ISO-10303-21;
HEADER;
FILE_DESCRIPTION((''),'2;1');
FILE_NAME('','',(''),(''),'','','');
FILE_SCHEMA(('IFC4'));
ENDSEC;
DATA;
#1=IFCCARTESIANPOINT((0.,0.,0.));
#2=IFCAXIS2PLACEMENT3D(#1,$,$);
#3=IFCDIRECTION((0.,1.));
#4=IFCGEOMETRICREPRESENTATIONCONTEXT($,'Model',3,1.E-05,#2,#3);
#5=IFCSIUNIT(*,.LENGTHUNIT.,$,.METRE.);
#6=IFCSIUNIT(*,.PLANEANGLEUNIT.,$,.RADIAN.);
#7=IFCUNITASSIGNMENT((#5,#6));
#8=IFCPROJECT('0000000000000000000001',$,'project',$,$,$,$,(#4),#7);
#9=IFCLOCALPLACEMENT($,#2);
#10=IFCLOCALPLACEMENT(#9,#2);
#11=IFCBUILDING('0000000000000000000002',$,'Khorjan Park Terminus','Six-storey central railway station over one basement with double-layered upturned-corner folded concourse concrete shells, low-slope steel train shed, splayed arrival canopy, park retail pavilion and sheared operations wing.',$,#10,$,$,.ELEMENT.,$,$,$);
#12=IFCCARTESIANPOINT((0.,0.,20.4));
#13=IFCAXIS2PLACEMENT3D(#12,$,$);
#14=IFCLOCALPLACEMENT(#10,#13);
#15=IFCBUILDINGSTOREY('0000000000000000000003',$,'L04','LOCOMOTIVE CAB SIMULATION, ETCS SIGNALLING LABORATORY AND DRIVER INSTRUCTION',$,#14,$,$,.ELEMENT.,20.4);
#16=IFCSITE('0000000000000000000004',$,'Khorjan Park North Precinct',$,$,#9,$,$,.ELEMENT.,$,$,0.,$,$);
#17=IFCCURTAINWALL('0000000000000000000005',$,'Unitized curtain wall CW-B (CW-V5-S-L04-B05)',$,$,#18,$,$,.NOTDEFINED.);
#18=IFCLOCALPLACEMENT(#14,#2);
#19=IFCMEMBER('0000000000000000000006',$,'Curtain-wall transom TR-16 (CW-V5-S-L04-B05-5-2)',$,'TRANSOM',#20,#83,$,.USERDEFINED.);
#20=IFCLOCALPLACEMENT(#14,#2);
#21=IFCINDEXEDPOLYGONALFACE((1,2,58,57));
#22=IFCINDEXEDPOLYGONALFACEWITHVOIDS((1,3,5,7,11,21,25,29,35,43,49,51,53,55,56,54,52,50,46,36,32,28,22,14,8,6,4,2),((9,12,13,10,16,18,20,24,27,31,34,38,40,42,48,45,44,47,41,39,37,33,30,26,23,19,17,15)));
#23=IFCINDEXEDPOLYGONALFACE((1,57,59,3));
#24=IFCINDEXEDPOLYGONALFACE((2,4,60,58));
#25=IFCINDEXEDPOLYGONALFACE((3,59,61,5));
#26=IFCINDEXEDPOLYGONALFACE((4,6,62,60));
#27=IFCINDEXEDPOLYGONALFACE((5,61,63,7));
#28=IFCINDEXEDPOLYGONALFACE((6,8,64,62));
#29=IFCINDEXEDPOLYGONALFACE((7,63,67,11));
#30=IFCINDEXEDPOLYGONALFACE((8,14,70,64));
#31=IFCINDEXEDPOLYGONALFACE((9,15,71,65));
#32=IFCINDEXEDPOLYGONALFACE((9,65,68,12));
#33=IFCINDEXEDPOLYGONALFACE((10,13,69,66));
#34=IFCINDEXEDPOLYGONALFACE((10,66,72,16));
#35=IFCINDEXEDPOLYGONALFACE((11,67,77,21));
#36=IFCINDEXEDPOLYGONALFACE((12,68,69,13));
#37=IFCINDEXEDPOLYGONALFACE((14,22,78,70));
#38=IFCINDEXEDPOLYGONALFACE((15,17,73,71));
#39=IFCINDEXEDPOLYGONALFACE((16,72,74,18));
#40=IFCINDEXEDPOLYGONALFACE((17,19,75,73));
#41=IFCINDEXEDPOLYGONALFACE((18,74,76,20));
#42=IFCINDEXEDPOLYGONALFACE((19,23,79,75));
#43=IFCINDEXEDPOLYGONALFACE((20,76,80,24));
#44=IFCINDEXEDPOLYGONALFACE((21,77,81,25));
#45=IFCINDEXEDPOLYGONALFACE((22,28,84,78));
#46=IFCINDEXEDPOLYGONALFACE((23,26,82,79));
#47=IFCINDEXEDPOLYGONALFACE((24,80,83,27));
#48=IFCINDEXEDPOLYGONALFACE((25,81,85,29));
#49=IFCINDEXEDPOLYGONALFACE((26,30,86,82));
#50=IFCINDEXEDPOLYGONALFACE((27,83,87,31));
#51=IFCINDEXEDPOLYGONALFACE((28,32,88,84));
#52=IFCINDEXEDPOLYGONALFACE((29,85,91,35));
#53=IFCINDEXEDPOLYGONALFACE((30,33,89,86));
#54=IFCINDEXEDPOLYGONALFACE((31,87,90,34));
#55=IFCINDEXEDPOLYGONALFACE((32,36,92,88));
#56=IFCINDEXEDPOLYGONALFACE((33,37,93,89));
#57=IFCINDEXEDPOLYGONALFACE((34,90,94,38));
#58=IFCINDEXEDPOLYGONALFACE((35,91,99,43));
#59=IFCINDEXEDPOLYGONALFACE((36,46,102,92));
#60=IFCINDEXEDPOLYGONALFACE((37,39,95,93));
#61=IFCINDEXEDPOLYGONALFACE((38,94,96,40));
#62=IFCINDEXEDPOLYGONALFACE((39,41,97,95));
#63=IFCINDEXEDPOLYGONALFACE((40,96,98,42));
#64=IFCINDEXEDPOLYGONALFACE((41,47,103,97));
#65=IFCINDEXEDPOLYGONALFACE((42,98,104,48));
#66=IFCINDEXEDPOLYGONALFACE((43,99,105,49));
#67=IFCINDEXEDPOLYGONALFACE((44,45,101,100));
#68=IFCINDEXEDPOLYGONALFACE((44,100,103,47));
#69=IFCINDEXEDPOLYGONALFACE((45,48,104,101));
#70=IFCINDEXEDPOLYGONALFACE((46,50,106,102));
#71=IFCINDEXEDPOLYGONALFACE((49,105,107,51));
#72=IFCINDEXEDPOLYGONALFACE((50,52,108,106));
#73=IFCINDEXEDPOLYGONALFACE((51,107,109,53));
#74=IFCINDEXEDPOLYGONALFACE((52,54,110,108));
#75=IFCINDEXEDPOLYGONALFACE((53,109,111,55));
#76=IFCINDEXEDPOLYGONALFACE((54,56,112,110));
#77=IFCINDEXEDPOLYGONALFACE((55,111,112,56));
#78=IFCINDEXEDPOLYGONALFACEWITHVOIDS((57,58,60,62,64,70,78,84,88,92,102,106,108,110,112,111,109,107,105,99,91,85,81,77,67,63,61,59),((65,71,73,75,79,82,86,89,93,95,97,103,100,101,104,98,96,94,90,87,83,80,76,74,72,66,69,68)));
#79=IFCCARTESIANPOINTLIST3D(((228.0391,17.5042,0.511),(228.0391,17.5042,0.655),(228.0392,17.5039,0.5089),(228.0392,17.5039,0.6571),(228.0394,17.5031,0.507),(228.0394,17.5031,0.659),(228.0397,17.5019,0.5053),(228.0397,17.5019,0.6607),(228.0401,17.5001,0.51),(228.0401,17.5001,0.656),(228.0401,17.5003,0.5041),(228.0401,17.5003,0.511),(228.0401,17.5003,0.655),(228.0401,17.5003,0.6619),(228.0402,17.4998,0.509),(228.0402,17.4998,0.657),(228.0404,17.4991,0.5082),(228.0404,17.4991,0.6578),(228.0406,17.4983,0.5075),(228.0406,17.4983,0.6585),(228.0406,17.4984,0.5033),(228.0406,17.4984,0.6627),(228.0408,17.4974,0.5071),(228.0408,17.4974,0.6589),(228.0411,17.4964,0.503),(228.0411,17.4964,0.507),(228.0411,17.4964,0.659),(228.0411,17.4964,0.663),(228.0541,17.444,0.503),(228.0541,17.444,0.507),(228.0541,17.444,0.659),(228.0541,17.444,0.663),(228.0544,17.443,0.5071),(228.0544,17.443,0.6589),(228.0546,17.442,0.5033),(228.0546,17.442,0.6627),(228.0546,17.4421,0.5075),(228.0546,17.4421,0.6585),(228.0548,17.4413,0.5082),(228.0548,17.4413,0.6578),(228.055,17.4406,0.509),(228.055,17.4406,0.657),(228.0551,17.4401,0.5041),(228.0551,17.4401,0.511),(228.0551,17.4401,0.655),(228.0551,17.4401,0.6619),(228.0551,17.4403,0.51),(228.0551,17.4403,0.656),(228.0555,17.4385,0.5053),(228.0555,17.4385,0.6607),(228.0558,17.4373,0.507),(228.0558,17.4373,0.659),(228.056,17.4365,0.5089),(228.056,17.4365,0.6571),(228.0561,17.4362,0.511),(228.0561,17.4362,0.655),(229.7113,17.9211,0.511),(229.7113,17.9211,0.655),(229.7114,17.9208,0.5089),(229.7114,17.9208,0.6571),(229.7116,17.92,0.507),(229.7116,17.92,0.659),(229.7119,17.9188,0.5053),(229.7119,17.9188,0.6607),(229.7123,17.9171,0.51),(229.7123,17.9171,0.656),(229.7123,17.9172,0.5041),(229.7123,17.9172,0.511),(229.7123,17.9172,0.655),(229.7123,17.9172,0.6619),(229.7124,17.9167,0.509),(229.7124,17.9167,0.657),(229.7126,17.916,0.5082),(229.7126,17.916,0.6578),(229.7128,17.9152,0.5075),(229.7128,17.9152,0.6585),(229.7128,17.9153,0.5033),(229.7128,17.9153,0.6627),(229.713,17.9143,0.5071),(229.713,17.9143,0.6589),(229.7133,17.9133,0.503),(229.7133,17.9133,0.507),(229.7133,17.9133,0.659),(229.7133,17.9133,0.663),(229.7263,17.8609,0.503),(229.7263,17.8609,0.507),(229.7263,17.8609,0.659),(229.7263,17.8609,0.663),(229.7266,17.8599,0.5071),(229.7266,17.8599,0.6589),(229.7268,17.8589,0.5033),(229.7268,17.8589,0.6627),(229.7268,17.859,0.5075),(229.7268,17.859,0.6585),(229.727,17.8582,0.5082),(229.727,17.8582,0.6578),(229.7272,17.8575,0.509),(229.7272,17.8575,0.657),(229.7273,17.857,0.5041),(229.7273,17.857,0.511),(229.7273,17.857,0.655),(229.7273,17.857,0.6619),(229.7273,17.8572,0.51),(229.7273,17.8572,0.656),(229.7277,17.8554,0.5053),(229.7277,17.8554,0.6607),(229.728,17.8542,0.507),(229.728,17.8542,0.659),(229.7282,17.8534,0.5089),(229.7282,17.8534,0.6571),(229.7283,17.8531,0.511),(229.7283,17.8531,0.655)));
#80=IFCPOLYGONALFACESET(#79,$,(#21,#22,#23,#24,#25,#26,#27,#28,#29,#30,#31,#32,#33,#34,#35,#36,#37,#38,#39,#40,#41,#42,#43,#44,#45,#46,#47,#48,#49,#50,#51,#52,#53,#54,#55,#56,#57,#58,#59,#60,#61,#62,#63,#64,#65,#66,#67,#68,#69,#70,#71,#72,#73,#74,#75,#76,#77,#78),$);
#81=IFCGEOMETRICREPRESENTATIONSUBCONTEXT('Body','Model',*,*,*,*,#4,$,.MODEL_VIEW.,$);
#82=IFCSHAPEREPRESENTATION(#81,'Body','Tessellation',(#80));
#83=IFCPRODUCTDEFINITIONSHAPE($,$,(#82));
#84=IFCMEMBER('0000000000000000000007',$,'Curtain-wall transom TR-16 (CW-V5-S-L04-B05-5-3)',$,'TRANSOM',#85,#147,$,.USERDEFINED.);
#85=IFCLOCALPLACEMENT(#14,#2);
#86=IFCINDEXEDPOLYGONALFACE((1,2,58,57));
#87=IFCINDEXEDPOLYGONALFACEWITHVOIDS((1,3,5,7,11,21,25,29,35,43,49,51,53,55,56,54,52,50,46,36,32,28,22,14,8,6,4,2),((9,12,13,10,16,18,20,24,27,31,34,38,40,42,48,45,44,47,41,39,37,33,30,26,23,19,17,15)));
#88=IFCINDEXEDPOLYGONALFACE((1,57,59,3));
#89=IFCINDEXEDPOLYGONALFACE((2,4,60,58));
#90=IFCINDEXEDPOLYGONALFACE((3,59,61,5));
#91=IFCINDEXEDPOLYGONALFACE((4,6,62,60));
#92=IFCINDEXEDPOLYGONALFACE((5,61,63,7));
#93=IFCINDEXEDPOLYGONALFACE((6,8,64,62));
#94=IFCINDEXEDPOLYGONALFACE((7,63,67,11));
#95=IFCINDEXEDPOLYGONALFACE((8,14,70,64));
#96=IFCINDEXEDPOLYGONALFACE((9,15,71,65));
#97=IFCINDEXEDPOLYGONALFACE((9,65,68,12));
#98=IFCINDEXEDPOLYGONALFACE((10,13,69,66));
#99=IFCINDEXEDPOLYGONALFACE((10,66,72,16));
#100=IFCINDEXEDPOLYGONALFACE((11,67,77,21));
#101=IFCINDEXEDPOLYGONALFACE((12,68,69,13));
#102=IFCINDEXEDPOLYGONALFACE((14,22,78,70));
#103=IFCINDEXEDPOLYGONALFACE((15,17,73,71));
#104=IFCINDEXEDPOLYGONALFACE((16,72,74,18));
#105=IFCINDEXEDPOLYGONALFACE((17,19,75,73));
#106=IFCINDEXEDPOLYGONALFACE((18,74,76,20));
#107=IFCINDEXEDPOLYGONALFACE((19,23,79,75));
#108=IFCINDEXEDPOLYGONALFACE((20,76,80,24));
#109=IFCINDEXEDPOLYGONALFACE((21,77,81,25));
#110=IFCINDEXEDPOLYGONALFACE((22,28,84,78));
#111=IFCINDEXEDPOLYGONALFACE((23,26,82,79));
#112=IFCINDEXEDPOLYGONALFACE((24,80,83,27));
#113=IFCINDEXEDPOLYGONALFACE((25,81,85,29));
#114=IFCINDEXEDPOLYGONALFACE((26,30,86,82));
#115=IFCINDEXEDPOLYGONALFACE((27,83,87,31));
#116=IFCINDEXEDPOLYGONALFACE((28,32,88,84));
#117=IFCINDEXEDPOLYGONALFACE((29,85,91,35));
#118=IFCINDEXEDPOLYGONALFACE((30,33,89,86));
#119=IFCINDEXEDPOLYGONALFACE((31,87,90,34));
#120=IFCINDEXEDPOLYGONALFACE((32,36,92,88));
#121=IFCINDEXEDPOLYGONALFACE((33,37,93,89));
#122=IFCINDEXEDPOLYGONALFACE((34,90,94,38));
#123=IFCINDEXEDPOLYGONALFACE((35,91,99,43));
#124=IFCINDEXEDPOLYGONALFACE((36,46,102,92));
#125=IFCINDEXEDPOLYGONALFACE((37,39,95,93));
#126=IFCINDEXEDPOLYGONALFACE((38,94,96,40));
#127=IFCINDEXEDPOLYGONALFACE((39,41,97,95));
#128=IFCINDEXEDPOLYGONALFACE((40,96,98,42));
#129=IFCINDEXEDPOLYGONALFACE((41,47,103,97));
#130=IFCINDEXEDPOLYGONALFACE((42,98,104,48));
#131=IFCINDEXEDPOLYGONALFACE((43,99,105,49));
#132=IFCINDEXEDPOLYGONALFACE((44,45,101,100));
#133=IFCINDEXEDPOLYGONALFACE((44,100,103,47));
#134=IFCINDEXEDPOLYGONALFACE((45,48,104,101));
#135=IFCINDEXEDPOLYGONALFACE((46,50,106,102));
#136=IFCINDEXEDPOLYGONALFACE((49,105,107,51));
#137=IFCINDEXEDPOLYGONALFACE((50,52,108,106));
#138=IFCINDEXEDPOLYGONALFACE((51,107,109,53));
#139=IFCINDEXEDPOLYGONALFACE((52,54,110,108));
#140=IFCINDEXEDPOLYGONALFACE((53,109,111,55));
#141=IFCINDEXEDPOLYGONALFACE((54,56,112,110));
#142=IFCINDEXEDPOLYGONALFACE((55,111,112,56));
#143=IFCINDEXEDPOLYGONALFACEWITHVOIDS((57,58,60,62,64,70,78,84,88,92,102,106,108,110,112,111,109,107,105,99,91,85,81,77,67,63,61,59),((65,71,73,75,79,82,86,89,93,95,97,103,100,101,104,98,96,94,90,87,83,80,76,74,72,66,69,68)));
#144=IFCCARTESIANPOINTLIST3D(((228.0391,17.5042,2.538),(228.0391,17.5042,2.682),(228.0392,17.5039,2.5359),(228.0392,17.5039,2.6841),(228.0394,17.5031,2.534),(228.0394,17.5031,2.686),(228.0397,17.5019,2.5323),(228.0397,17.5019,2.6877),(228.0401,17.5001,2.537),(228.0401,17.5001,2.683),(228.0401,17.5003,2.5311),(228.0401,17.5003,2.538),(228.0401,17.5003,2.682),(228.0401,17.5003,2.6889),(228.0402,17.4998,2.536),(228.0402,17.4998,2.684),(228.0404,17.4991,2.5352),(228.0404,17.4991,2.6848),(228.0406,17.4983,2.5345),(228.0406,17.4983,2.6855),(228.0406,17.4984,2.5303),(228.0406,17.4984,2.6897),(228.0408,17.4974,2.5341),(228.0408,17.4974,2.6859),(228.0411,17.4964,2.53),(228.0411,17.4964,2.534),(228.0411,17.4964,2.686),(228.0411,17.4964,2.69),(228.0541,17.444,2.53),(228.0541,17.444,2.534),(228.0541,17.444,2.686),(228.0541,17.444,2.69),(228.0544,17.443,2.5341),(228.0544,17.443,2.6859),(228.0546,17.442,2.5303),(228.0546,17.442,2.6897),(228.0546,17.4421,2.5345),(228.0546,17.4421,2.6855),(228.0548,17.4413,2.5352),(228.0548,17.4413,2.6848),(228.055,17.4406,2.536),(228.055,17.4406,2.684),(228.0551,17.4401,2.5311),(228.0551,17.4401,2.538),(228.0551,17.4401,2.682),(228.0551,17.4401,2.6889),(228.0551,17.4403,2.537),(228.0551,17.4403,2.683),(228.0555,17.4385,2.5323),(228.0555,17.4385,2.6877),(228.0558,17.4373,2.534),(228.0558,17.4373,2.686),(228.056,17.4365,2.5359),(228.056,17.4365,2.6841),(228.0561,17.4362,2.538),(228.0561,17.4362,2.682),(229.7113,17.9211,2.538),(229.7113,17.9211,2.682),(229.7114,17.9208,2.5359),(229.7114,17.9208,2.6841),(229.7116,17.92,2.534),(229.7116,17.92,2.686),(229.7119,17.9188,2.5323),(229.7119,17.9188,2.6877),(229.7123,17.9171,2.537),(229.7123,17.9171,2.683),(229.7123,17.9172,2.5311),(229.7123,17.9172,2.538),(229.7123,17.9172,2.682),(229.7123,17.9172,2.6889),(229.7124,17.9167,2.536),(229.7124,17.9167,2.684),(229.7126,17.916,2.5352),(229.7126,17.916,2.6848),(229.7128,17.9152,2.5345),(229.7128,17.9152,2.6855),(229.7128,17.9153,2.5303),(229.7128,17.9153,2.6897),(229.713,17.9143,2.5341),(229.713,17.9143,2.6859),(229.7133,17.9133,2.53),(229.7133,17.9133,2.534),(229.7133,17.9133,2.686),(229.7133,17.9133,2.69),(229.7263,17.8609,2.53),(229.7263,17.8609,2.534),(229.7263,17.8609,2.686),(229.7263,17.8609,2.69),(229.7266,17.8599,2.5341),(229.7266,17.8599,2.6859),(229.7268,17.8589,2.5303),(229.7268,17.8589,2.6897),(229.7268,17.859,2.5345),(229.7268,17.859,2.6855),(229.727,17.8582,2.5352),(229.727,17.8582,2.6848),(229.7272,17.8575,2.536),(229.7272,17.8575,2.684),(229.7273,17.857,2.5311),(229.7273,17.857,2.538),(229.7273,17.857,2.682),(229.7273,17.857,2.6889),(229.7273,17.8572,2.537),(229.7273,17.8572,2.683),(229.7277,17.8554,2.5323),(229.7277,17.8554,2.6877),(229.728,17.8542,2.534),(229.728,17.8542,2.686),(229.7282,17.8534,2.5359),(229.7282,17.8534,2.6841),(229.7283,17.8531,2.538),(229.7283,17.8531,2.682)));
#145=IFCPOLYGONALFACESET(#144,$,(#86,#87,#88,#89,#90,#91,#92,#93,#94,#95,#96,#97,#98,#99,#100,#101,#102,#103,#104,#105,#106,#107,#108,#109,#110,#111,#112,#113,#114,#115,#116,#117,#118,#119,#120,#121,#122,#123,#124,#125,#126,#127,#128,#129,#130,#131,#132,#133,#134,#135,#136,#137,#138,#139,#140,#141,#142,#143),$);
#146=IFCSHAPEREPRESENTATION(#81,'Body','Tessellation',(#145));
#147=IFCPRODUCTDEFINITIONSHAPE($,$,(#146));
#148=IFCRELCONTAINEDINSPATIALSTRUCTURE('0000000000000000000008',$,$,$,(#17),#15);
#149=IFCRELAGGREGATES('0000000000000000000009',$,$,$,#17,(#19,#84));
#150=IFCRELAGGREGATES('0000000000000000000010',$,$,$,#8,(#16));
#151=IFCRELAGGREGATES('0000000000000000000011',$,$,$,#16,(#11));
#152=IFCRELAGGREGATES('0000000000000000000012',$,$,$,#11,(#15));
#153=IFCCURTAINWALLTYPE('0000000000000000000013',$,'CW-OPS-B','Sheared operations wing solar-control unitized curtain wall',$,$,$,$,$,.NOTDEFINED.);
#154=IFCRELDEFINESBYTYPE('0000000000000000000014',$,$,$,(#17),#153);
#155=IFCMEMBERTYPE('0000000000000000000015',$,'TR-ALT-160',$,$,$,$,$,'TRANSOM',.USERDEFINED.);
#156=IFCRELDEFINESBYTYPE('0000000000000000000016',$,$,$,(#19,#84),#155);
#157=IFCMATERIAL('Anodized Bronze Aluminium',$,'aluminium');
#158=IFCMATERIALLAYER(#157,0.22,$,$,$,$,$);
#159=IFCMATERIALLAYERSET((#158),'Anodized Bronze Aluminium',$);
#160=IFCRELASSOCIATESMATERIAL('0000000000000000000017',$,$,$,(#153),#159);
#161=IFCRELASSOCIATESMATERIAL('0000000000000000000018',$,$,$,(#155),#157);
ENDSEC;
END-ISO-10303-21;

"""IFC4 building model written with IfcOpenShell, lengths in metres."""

from ifc_helpers import new_model, si_unit, direction, frame, origin, origin_2d, place, context, subcontext, project, spatial, hollow_rectangle, extrude, material, layer, layer_set, material_profile, profile_set, type_object, element, aggregate, save


model = new_model("IFC4")

# Units and contexts
model_context = context("Model", 3, precision=1e-05, world=origin(), true_north=direction((0.0, 1.0)))
body_context = subcontext(model_context, "Body", "Model", "MODEL_VIEW")
ifc_project = project(units=[si_unit("LENGTHUNIT", "METRE"), si_unit("PLANEANGLEUNIT", "RADIAN")], contexts=[model_context])

# Site, building, storey
site_placement = place(None, origin())
site = spatial("IfcSite", under=ifc_project, at=site_placement, Name="Khorjan Park North Precinct", CompositionType="ELEMENT", RefElevation=0.0)
building_placement = place(site_placement, origin())
building = spatial("IfcBuilding", under=site, at=building_placement, Name="Khorjan Park Terminus", Description="Six-storey central railway station over one basement with double-layered upturned-corner folded concourse concrete shells, low-slope steel train shed, splayed arrival canopy, park retail pavilion and sheared operations wing.", CompositionType="ELEMENT")
storey_placement = place(building_placement, frame((0.0, 0.0, 20.4)))
storey = spatial("IfcBuildingStorey", under=building, at=storey_placement, Name="L04", Description="LOCOMOTIVE CAB SIMULATION, ETCS SIGNALLING LABORATORY AND DRIVER INSTRUCTION", CompositionType="ELEMENT", Elevation=20.4)

# Curtain wall
ifc_material_1 = material(Name="Anodized Bronze Aluminium", Category="aluminium")
ifc_layer_1 = layer(ifc_material_1, 0.22)
ifc_layer_set_1 = layer_set([ifc_layer_1], Name="Anodized Bronze Aluminium")
curtain_wall_type = type_object("IfcCurtainWallType", Name="CW-OPS-B", Description="Sheared operations wing solar-control unitized curtain wall", PredefinedType="NOTDEFINED", material=ifc_layer_set_1)
curtain_wall_1_placement = place(storey_placement, origin())
curtain_wall_1 = element("IfcCurtainWall", 1, at=curtain_wall_1_placement, inside=storey, type_object=curtain_wall_type, Name="Unitized curtain wall CW-B (CW-V5-S-L04-B05)", PredefinedType="NOTDEFINED")

# Members
ifc_material_profile_1 = material_profile(ifc_material_1, hollow_rectangle(XDim=0.07, YDim=0.16, WallThickness=0.004, InnerFilletRadius=0.004, OuterFilletRadius=0.008, at=origin_2d()), Name="ALT 70x160x4")
ifc_profile_set_1 = profile_set([ifc_material_profile_1], Name="Anodized Bronze Aluminium")
member_type_1 = type_object("IfcMemberType", Name="TR-ALT-160", ElementType="TRANSOM", PredefinedType="USERDEFINED", material=ifc_profile_set_1)
member_1_placement = place(storey_placement, frame((228.0476, 17.4702, 0.583), z_axis=(0.970299, 0.241908, 0.0), x_axis=(-0.241908, 0.970299, 0.0)))
member_1 = element("IfcMember", 2, at=member_1_placement, type_object=member_type_1, Name="Curtain-wall transom TR-16 (CW-V5-S-L04-B05-5-2)", ObjectType="TRANSOM", PredefinedType="USERDEFINED", context=body_context, shape_type="SweptSolid", body=[
    extrude(hollow_rectangle(XDim=0.07, YDim=0.16, WallThickness=0.004, InnerFilletRadius=0.004, OuterFilletRadius=0.008, at=origin_2d()), origin(), (0.0, 0.0, 1.0), 1.7234),
])
member_2_placement = place(storey_placement, frame((228.0476, 17.4702, 2.61), z_axis=(0.970299, 0.241908, 0.0), x_axis=(-0.241908, 0.970299, 0.0)))
member_2 = element("IfcMember", 3, at=member_2_placement, type_object=member_type_1, Name="Curtain-wall transom TR-16 (CW-V5-S-L04-B05-5-3)", ObjectType="TRANSOM", PredefinedType="USERDEFINED", context=body_context, shape_type="SweptSolid", body=[
    extrude(hollow_rectangle(XDim=0.07, YDim=0.16, WallThickness=0.004, InnerFilletRadius=0.004, OuterFilletRadius=0.008, at=origin_2d()), origin(), (0.0, 0.0, 1.0), 1.7234),
])

aggregate(curtain_wall_1, [member_1, member_2])

save(model, "model.ifc")
